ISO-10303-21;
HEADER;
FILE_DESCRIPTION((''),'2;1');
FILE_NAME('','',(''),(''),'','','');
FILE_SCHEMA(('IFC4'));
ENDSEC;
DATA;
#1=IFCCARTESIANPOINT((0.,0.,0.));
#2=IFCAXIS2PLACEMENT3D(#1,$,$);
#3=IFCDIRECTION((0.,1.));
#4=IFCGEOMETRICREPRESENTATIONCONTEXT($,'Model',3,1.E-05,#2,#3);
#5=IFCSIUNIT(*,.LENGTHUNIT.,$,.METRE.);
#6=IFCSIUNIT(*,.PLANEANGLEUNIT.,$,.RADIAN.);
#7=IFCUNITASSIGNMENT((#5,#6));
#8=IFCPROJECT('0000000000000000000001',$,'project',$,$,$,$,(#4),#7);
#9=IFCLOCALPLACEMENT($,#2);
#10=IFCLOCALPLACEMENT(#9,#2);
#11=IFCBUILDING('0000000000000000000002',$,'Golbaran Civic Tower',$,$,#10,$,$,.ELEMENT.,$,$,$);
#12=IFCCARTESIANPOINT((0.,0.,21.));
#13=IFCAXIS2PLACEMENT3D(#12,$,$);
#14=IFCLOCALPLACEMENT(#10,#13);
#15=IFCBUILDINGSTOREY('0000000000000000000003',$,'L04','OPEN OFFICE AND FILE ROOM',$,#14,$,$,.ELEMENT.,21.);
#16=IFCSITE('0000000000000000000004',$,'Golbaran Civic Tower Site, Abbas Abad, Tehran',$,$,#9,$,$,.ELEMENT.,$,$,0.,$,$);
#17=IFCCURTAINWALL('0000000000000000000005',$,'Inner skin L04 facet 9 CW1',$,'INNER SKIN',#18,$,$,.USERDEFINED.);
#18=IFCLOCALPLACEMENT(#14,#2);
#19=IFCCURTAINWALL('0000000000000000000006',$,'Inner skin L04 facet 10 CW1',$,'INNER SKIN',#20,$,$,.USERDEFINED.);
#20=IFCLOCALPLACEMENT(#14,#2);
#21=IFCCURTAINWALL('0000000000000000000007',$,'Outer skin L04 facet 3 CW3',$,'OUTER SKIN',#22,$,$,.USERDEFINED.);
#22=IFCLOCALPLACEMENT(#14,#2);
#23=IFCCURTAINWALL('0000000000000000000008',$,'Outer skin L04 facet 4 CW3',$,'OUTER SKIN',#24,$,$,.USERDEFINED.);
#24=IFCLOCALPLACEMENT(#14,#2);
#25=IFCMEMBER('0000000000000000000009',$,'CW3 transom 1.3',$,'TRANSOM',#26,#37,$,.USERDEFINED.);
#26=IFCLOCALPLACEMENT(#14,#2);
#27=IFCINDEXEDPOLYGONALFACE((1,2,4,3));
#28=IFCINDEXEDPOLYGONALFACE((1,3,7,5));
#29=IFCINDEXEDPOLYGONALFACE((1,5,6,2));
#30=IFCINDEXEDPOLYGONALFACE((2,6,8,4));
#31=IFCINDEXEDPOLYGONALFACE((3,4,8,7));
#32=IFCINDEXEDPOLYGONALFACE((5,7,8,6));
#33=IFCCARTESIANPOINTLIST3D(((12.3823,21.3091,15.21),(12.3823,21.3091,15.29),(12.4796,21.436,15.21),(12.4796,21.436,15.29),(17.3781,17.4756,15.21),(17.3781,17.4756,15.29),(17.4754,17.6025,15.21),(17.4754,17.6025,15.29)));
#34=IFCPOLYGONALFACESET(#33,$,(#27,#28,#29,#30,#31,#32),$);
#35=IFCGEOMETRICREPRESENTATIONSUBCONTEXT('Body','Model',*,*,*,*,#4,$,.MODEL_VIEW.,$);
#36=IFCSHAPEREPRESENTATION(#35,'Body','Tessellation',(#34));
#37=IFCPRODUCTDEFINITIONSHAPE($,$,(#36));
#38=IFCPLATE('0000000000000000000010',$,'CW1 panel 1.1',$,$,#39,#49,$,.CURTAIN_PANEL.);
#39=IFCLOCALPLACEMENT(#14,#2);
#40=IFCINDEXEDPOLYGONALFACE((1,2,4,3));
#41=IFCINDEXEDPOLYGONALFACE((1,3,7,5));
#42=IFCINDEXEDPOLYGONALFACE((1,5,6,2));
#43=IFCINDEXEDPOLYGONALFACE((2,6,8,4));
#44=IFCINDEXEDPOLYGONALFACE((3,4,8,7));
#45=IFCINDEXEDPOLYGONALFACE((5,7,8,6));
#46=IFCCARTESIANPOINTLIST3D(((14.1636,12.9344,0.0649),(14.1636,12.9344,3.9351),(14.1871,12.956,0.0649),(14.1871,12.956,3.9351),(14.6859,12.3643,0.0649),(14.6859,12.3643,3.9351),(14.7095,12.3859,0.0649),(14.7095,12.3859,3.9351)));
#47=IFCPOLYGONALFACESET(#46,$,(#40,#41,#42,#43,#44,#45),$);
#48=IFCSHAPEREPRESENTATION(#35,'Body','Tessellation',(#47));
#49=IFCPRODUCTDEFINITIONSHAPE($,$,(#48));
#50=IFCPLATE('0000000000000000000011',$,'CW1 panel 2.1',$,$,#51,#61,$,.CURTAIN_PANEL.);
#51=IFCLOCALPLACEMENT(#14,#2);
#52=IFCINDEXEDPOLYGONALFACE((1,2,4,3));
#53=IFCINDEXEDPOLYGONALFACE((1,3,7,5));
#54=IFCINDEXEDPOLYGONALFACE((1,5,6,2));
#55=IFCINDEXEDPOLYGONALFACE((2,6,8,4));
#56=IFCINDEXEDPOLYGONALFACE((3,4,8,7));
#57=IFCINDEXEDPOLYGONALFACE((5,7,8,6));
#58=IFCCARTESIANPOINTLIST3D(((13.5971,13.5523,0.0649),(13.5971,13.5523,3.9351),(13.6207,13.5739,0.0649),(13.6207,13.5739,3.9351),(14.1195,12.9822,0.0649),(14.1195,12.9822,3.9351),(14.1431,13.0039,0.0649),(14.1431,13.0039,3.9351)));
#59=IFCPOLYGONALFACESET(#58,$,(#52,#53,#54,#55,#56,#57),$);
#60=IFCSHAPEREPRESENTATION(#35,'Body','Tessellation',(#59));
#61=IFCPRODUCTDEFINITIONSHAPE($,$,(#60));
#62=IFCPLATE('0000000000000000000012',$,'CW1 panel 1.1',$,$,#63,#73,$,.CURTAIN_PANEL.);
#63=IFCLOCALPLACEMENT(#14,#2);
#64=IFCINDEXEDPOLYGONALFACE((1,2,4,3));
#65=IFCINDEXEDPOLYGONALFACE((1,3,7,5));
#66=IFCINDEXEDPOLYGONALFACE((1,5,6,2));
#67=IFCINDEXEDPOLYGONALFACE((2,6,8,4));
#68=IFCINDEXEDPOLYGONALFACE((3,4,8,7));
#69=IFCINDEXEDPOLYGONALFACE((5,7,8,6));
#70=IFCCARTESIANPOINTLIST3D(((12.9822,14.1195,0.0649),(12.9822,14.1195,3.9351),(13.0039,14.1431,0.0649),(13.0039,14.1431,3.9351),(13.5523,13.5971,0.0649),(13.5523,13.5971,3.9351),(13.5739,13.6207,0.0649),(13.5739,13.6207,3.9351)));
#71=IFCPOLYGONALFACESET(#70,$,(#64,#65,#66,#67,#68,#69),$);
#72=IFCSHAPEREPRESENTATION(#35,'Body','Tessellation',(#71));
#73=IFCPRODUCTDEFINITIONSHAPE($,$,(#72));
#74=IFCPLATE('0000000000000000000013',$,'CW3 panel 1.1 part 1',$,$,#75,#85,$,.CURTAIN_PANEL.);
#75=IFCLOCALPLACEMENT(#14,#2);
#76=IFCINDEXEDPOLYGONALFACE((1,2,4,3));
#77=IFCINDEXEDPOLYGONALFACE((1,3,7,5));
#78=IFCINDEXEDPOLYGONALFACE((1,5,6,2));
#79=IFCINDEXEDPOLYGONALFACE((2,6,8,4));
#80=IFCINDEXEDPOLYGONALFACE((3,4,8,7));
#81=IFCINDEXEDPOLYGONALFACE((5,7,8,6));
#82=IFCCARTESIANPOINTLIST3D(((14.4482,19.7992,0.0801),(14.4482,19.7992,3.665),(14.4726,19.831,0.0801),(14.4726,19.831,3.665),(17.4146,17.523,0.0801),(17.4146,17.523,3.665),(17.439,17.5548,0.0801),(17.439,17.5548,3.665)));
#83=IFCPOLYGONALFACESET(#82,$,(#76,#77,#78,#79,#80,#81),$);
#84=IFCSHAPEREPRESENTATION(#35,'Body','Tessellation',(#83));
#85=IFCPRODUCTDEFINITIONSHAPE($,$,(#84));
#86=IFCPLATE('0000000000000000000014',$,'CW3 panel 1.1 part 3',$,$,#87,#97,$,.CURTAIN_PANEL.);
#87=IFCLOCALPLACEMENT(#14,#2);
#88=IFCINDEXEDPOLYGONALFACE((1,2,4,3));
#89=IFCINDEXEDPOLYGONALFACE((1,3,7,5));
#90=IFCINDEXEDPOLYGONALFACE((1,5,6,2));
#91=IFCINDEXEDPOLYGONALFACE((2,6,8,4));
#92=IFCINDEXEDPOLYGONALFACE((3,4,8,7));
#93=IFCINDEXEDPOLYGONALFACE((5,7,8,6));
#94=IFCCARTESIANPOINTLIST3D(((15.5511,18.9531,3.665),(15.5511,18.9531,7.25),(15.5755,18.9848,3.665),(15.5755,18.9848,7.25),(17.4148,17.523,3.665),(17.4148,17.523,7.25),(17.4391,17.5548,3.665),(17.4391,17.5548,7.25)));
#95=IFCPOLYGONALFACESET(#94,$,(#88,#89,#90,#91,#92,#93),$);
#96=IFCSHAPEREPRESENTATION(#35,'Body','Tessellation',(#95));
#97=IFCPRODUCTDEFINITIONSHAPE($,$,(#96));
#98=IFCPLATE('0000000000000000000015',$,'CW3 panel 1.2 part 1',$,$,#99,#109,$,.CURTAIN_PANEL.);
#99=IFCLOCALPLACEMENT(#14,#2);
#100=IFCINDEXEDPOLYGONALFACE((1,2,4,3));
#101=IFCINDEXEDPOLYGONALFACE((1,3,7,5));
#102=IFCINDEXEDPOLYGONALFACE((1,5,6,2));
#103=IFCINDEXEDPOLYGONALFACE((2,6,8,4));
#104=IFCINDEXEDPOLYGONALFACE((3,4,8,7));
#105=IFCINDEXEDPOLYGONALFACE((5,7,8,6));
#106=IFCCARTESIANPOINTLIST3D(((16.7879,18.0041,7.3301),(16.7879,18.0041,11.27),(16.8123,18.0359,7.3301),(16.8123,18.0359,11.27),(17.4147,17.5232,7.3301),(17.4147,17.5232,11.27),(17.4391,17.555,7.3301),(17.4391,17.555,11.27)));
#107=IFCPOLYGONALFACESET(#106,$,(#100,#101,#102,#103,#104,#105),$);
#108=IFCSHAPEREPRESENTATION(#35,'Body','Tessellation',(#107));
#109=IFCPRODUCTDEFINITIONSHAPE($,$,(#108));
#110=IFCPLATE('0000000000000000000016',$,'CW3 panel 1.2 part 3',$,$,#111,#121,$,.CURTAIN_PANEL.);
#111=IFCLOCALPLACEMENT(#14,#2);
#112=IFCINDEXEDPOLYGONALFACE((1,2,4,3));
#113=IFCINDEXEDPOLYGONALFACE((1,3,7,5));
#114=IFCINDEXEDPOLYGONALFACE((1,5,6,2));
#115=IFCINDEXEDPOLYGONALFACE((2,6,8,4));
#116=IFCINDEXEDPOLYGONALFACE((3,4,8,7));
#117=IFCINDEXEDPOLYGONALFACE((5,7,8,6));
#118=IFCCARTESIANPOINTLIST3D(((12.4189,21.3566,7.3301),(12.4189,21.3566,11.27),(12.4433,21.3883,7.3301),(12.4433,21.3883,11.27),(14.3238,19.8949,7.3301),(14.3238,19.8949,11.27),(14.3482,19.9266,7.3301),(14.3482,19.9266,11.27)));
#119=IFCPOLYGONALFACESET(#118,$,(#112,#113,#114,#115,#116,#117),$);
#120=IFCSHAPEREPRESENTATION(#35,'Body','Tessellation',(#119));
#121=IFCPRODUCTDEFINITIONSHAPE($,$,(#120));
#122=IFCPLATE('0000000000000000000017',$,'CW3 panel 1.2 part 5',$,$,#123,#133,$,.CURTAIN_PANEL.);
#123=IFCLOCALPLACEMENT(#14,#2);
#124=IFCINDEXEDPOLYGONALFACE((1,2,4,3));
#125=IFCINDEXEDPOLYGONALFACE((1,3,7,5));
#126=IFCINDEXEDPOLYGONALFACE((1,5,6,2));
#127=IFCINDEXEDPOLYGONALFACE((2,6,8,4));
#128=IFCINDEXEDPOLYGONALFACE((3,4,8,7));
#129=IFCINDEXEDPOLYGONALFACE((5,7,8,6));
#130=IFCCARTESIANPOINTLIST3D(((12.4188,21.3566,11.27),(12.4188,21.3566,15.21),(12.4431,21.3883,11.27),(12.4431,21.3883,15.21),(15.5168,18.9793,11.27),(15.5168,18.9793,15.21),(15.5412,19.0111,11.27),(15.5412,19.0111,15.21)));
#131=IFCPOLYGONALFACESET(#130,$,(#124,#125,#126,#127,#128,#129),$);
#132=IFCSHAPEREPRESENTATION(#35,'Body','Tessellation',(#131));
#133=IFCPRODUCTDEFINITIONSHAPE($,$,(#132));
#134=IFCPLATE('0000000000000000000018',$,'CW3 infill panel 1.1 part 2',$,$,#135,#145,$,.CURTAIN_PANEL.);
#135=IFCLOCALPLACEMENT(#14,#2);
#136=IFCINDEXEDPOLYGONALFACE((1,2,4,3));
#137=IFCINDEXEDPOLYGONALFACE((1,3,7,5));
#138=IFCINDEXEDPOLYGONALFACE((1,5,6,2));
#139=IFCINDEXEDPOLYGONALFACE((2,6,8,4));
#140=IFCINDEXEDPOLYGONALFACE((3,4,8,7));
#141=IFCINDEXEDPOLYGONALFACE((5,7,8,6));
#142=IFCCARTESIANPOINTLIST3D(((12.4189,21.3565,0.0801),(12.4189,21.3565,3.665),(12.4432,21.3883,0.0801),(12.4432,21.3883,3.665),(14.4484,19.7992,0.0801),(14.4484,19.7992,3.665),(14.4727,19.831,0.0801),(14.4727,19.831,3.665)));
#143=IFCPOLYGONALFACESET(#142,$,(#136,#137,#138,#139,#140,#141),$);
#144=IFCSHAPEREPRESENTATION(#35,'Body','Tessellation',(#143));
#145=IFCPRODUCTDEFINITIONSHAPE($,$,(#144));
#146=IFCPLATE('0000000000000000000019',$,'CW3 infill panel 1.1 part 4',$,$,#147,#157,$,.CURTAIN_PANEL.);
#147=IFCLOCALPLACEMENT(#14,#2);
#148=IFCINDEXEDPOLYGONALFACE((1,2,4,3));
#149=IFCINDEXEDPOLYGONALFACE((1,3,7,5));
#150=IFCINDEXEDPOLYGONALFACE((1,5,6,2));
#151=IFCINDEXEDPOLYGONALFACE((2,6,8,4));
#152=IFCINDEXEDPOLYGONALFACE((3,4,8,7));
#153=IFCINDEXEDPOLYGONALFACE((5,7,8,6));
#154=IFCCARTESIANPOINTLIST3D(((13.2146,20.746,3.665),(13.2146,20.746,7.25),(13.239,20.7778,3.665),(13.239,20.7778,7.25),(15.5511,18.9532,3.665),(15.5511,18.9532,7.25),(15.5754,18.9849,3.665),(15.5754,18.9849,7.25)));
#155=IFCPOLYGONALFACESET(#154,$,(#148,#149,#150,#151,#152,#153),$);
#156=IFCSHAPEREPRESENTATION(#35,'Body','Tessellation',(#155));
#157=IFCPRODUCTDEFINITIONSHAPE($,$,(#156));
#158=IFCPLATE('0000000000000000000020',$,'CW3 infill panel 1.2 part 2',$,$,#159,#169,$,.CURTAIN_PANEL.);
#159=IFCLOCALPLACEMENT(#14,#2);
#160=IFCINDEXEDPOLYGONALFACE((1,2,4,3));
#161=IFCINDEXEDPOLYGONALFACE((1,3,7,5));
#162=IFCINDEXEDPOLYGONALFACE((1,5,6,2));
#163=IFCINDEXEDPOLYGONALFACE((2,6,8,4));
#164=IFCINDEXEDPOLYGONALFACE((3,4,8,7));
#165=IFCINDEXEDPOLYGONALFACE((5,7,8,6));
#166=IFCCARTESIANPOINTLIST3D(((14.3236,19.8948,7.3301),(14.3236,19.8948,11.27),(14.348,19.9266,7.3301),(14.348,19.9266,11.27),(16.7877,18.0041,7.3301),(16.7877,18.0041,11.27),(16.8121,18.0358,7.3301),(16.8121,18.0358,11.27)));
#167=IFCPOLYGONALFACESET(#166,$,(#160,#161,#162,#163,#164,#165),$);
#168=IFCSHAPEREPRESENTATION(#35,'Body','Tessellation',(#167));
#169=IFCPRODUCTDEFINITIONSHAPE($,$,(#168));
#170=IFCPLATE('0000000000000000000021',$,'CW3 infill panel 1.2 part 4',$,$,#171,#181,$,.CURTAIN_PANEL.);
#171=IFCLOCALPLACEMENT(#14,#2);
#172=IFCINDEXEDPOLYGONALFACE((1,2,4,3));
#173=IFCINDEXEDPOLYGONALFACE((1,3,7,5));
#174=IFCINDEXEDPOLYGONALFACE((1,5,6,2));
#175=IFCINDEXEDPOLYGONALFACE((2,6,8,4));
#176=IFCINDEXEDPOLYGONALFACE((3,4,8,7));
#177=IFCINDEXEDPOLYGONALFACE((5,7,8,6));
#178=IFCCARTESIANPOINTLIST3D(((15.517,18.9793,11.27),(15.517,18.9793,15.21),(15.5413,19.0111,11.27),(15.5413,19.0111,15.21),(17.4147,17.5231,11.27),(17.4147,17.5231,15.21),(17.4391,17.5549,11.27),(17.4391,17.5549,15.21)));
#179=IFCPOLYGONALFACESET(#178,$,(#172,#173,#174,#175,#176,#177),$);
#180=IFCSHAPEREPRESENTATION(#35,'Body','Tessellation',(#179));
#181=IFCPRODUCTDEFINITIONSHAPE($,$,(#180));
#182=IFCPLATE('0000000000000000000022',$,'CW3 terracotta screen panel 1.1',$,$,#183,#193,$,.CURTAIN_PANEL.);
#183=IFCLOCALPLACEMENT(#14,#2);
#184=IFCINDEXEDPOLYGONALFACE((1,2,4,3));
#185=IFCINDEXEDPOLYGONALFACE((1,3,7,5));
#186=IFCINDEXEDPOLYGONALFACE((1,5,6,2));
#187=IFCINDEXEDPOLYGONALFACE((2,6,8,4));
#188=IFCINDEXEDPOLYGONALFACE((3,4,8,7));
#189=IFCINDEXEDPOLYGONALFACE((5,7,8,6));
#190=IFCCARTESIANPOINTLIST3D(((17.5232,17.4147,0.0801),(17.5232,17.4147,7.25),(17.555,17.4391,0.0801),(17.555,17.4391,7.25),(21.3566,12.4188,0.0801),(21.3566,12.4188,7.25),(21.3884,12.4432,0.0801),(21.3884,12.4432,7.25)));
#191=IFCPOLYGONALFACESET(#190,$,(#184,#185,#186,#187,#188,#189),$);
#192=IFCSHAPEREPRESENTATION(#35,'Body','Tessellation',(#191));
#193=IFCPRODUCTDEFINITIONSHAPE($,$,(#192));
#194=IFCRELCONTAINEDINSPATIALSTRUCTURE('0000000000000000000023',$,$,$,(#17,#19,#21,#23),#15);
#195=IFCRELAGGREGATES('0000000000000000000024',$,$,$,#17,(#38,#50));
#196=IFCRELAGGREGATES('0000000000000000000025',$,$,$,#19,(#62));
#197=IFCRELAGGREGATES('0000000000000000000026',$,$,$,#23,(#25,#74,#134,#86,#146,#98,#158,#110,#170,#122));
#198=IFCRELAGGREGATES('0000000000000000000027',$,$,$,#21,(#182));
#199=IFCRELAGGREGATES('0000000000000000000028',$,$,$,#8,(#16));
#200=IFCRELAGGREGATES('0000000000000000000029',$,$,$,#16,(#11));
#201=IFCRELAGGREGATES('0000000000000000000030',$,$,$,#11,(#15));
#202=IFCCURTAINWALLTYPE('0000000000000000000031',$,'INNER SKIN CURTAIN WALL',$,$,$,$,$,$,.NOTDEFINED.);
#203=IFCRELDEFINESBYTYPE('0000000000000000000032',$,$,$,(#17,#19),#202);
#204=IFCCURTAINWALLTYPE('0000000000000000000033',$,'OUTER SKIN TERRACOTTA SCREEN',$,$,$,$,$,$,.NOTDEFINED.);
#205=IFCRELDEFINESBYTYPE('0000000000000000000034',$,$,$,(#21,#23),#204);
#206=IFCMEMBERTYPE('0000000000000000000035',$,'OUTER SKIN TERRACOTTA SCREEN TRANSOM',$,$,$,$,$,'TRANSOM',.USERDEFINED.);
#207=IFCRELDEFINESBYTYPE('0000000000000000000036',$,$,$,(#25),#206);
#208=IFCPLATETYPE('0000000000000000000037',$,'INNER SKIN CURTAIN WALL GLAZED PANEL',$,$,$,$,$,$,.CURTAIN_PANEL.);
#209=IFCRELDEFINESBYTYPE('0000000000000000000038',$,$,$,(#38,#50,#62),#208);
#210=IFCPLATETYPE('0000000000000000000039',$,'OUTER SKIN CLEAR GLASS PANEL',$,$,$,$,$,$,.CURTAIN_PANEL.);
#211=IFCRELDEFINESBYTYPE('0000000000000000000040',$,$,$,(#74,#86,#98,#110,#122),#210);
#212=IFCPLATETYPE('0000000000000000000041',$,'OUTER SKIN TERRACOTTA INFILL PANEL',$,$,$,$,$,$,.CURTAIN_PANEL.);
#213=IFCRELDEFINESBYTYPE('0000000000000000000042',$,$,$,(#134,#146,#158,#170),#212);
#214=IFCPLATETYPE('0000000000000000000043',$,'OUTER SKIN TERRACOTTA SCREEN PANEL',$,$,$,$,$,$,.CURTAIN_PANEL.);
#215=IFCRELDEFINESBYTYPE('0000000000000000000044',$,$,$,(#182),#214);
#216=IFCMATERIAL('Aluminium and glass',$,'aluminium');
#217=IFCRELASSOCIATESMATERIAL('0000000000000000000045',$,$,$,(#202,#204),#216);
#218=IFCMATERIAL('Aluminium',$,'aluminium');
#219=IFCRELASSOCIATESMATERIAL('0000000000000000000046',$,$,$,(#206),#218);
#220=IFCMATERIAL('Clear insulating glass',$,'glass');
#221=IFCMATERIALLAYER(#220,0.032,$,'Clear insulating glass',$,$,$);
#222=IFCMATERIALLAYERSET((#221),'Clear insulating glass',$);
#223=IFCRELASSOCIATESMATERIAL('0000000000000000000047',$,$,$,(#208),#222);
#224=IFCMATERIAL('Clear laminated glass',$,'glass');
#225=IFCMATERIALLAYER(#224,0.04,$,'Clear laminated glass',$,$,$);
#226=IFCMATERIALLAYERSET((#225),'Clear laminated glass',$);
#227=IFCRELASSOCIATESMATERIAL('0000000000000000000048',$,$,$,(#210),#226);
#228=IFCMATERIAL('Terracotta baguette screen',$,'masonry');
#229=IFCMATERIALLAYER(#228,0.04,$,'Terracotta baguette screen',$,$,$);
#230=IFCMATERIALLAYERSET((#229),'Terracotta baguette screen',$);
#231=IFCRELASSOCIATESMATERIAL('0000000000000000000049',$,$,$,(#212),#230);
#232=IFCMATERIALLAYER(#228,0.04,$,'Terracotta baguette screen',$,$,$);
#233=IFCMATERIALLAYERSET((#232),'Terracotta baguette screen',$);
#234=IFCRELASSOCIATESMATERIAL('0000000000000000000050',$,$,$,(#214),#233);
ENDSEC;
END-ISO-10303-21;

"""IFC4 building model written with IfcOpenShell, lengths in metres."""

from ifc_helpers import new_model, si_unit, direction, frame, origin, origin_2d, place, context, subcontext, project, spatial, rectangle, extrude, material, layer, layer_set, material_profile, profile_set, type_object, element, aggregate, save


model = new_model("IFC4")

# Units and contexts
model_context = context("Model", 3, precision=1e-05, world=origin(), true_north=direction((0.0, 1.0)))
body_context = subcontext(model_context, "Body", "Model", "MODEL_VIEW")
ifc_project = project(units=[si_unit("LENGTHUNIT", "METRE"), si_unit("PLANEANGLEUNIT", "RADIAN")], contexts=[model_context])

# Site, building, storey
site_placement = place(None, origin())
site = spatial("IfcSite", under=ifc_project, at=site_placement, Name="Golbaran Civic Tower Site, Abbas Abad, Tehran", CompositionType="ELEMENT", RefElevation=0.0)
building_placement = place(site_placement, origin())
building = spatial("IfcBuilding", under=site, at=building_placement, Name="Golbaran Civic Tower", CompositionType="ELEMENT")
storey_placement = place(building_placement, frame((0.0, 0.0, 21.0)))
storey = spatial("IfcBuildingStorey", under=building, at=storey_placement, Name="L04", Description="OPEN OFFICE AND FILE ROOM", CompositionType="ELEMENT", Elevation=21.0)

# Curtain walls
ifc_material_1 = material(Name="Aluminium and glass", Category="aluminium")
curtain_wall_type_1 = type_object("IfcCurtainWallType", Name="INNER SKIN CURTAIN WALL", PredefinedType="NOTDEFINED", material=ifc_material_1)
curtain_wall_1_placement = place(storey_placement, origin())
curtain_wall_1 = element("IfcCurtainWall", 1, at=curtain_wall_1_placement, inside=storey, type_object=curtain_wall_type_1, Name="Inner skin L04 facet 9 CW1", ObjectType="INNER SKIN", PredefinedType="USERDEFINED")
ifc_material_2 = material(Name="Aluminium", Category="aluminium")
curtain_wall_2_placement = place(storey_placement, origin())
curtain_wall_2 = element("IfcCurtainWall", 2, at=curtain_wall_2_placement, inside=storey, type_object=curtain_wall_type_1, Name="Inner skin L04 facet 10 CW1", ObjectType="INNER SKIN", PredefinedType="USERDEFINED")
curtain_wall_type_2 = type_object("IfcCurtainWallType", Name="OUTER SKIN TERRACOTTA SCREEN", PredefinedType="NOTDEFINED", material=ifc_material_1)
curtain_wall_3_placement = place(storey_placement, origin())
curtain_wall_3 = element("IfcCurtainWall", 3, at=curtain_wall_3_placement, inside=storey, type_object=curtain_wall_type_2, Name="Outer skin L04 facet 3 CW3", ObjectType="OUTER SKIN", PredefinedType="USERDEFINED")

# Curtain wall
curtain_wall_4_placement = place(storey_placement, origin())
curtain_wall_4 = element("IfcCurtainWall", 4, at=curtain_wall_4_placement, inside=storey, type_object=curtain_wall_type_2, Name="Outer skin L04 facet 4 CW3", ObjectType="OUTER SKIN", PredefinedType="USERDEFINED")

# Member
ifc_material_profile_1 = material_profile(ifc_material_2, rectangle(XDim=0.1599, YDim=0.0801, at=origin_2d()), Name="OUTER SKIN TERRACOTTA SCREEN TRANSOM")
ifc_profile_set_1 = profile_set([ifc_material_profile_1], Name="Aluminium")
member_type_1 = type_object("IfcMemberType", Name="OUTER SKIN TERRACOTTA SCREEN TRANSOM", ElementType="TRANSOM", PredefinedType="USERDEFINED", material=ifc_profile_set_1)
member_1_placement = place(storey_placement, frame((17.4268, 17.5391, 15.25), z_axis=(-0.79335, 0.608766, 0.0), x_axis=(-0.608766, -0.79335, 0.0)))
member_1 = element("IfcMember", 5, at=member_1_placement, type_object=member_type_1, Name="CW3 transom 1.3", ObjectType="TRANSOM", PredefinedType="USERDEFINED", context=body_context, shape_type="SweptSolid", body=[
    extrude(rectangle(XDim=0.1599, YDim=0.0801, at=origin_2d()), origin(), (0.0, 0.0, 1.0), 6.2971),
])

# Plates
ifc_material_3 = material(Name="Clear insulating glass", Category="glass")
ifc_layer_1 = layer(ifc_material_3, 0.032, Name="Clear insulating glass")
ifc_layer_set_1 = layer_set([ifc_layer_1], Name="Clear insulating glass")
plate_type_1 = type_object("IfcPlateType", Name="INNER SKIN CURTAIN WALL GLAZED PANEL", PredefinedType="CURTAIN_PANEL", material=ifc_layer_set_1)
plate_1_placement = place(storey_placement, frame((14.4365, 12.6602, 0.0649), z_axis=(0.0, 0.0, 1.0), x_axis=(-0.67559, 0.737277, 0.0)))
plate_1 = element("IfcPlate", 6, at=plate_1_placement, type_object=plate_type_1, Name="CW1 panel 1.1", PredefinedType="CURTAIN_PANEL", context=body_context, shape_type="SweptSolid", body=[
    extrude(rectangle(XDim=0.7732, YDim=0.032, at=origin_2d()), origin(), (0.0, 0.0, 1.0), 3.8701),
])
plate_2_placement = place(storey_placement, frame((13.8701, 13.2781, 0.0649), z_axis=(0.0, 0.0, 1.0), x_axis=(-0.67559, 0.737277, 0.0)))
plate_2 = element("IfcPlate", 7, at=plate_2_placement, type_object=plate_type_1, Name="CW1 panel 2.1", PredefinedType="CURTAIN_PANEL", context=body_context, shape_type="SweptSolid", body=[
    extrude(rectangle(XDim=0.7732, YDim=0.032, at=origin_2d()), origin(), (0.0, 0.0, 1.0), 3.8701),
])
aggregate(curtain_wall_1, [plate_1, plate_2])
plate_3_placement = place(storey_placement, frame((13.2781, 13.8701, 0.0649), z_axis=(0.0, 0.0, 1.0), x_axis=(-0.737277, 0.67559, 0.0)))
plate_3 = element("IfcPlate", 8, at=plate_3_placement, type_object=plate_type_1, Name="CW1 panel 1.1", PredefinedType="CURTAIN_PANEL", context=body_context, shape_type="SweptSolid", body=[
    extrude(rectangle(XDim=0.7732, YDim=0.032, at=origin_2d()), origin(), (0.0, 0.0, 1.0), 3.8701),
])
aggregate(curtain_wall_2, [plate_3])
ifc_material_4 = material(Name="Clear laminated glass", Category="glass")
ifc_layer_2 = layer(ifc_material_4, 0.04, Name="Clear laminated glass")
ifc_layer_set_2 = layer_set([ifc_layer_2], Name="Clear laminated glass")
plate_type_2 = type_object("IfcPlateType", Name="OUTER SKIN CLEAR GLASS PANEL", PredefinedType="CURTAIN_PANEL", material=ifc_layer_set_2)
plate_4_placement = place(storey_placement, frame((15.9436, 18.677, 0.0801), z_axis=(0.0, 0.0, 1.0), x_axis=(-0.793353, 0.608761, 0.0)))
plate_4 = element("IfcPlate", 9, at=plate_4_placement, type_object=plate_type_2, Name="CW3 panel 1.1 part 1", PredefinedType="CURTAIN_PANEL", context=body_context, shape_type="SweptSolid", body=[
    extrude(rectangle(XDim=3.739, YDim=0.04, at=origin_2d()), origin(), (0.0, 0.0, 1.0), 3.585),
])
plate_5_placement = place(storey_placement, frame((16.4951, 18.2539, 3.665), z_axis=(0.0, 0.0, 1.0), x_axis=(-0.793353, 0.608761, 0.0)))
plate_5 = element("IfcPlate", 10, at=plate_5_placement, type_object=plate_type_2, Name="CW3 panel 1.1 part 3", PredefinedType="CURTAIN_PANEL", context=body_context, shape_type="SweptSolid", body=[
    extrude(rectangle(XDim=2.3491, YDim=0.04, at=origin_2d()), origin(), (0.0, 0.0, 1.0), 3.585),
])
plate_6_placement = place(storey_placement, frame((17.1135, 17.7795, 7.3301), z_axis=(0.0, 0.0, 1.0), x_axis=(-0.793353, 0.608761, 0.0)))
plate_6 = element("IfcPlate", 11, at=plate_6_placement, type_object=plate_type_2, Name="CW3 panel 1.2 part 1", PredefinedType="CURTAIN_PANEL", context=body_context, shape_type="SweptSolid", body=[
    extrude(rectangle(XDim=0.79, YDim=0.04, at=origin_2d()), origin(), (0.0, 0.0, 1.0), 3.9399),
])
plate_7_placement = place(storey_placement, frame((13.3835, 20.6416, 7.3301), z_axis=(0.0, 0.0, 1.0), x_axis=(-0.793353, 0.608761, 0.0)))
plate_7 = element("IfcPlate", 12, at=plate_7_placement, type_object=plate_type_2, Name="CW3 panel 1.2 part 3", PredefinedType="CURTAIN_PANEL", context=body_context, shape_type="SweptSolid", body=[
    extrude(rectangle(XDim=2.4011, YDim=0.04, at=origin_2d()), origin(), (0.0, 0.0, 1.0), 3.9399),
])
plate_8_placement = place(storey_placement, frame((13.98, 20.1838, 11.27), z_axis=(0.0, 0.0, 1.0), x_axis=(-0.793353, 0.608761, 0.0)))
plate_8 = element("IfcPlate", 13, at=plate_8_placement, type_object=plate_type_2, Name="CW3 panel 1.2 part 5", PredefinedType="CURTAIN_PANEL", context=body_context, shape_type="SweptSolid", body=[
    extrude(rectangle(XDim=3.905, YDim=0.04, at=origin_2d()), origin(), (0.0, 0.0, 1.0), 3.9399),
])
ifc_material_5 = material(Name="Terracotta baguette screen", Category="masonry")
ifc_layer_3 = layer(ifc_material_5, 0.04, Name="Terracotta baguette screen")
ifc_layer_set_3 = layer_set([ifc_layer_3], Name="Terracotta baguette screen")
plate_type_3 = type_object("IfcPlateType", Name="OUTER SKIN TERRACOTTA INFILL PANEL", PredefinedType="CURTAIN_PANEL", material=ifc_layer_set_3)
plate_9_placement = place(storey_placement, frame((13.4458, 20.5938, 0.0801), z_axis=(0.0, 0.0, 1.0), x_axis=(-0.793353, 0.608761, 0.0)))
plate_9 = element("IfcPlate", 14, at=plate_9_placement, type_object=plate_type_3, Name="CW3 infill panel 1.1 part 2", PredefinedType="CURTAIN_PANEL", context=body_context, shape_type="SweptSolid", body=[
    extrude(rectangle(XDim=2.5581, YDim=0.04, at=origin_2d()), origin(), (0.0, 0.0, 1.0), 3.585),
])
plate_10_placement = place(storey_placement, frame((14.395, 19.8655, 3.665), z_axis=(0.0, 0.0, 1.0), x_axis=(-0.793353, 0.608761, 0.0)))
plate_10 = element("IfcPlate", 15, at=plate_10_placement, type_object=plate_type_3, Name="CW3 infill panel 1.1 part 4", PredefinedType="CURTAIN_PANEL", context=body_context, shape_type="SweptSolid", body=[
    extrude(rectangle(XDim=2.9451, YDim=0.04, at=origin_2d()), origin(), (0.0, 0.0, 1.0), 3.585),
])
plate_11_placement = place(storey_placement, frame((15.5679, 18.9653, 7.3301), z_axis=(0.0, 0.0, 1.0), x_axis=(-0.793353, 0.608761, 0.0)))
plate_11 = element("IfcPlate", 16, at=plate_11_placement, type_object=plate_type_3, Name="CW3 infill panel 1.2 part 2", PredefinedType="CURTAIN_PANEL", context=body_context, shape_type="SweptSolid", body=[
    extrude(rectangle(XDim=3.106, YDim=0.04, at=origin_2d()), origin(), (0.0, 0.0, 1.0), 3.9399),
])
plate_12_placement = place(storey_placement, frame((16.478, 18.2671, 11.27), z_axis=(0.0, 0.0, 1.0), x_axis=(-0.793353, 0.608761, 0.0)))
plate_12 = element("IfcPlate", 17, at=plate_12_placement, type_object=plate_type_3, Name="CW3 infill panel 1.2 part 4", PredefinedType="CURTAIN_PANEL", context=body_context, shape_type="SweptSolid", body=[
    extrude(rectangle(XDim=2.3921, YDim=0.04, at=origin_2d()), origin(), (0.0, 0.0, 1.0), 3.9399),
])
aggregate(curtain_wall_4, [member_1, plate_4, plate_9, plate_5, plate_10, plate_6, plate_11, plate_7, plate_12, plate_8])
ifc_layer_4 = layer(ifc_material_5, 0.04, Name="Terracotta baguette screen")
ifc_layer_set_4 = layer_set([ifc_layer_4], Name="Terracotta baguette screen")
plate_type_4 = type_object("IfcPlateType", Name="OUTER SKIN TERRACOTTA SCREEN PANEL", PredefinedType="CURTAIN_PANEL", material=ifc_layer_set_4)
plate_13_placement = place(storey_placement, frame((19.4558, 14.929, 0.0801), z_axis=(0.0, 0.0, 1.0), x_axis=(-0.608761, 0.793353, 0.0)))
plate_13 = element("IfcPlate", 18, at=plate_13_placement, type_object=plate_type_4, Name="CW3 terracotta screen panel 1.1", PredefinedType="CURTAIN_PANEL", context=body_context, shape_type="SweptSolid", body=[
    extrude(rectangle(XDim=6.2971, YDim=0.04, at=origin_2d()), origin(), (0.0, 0.0, 1.0), 7.1699),
])
aggregate(curtain_wall_3, [plate_13])

save(model, "model.ifc")
